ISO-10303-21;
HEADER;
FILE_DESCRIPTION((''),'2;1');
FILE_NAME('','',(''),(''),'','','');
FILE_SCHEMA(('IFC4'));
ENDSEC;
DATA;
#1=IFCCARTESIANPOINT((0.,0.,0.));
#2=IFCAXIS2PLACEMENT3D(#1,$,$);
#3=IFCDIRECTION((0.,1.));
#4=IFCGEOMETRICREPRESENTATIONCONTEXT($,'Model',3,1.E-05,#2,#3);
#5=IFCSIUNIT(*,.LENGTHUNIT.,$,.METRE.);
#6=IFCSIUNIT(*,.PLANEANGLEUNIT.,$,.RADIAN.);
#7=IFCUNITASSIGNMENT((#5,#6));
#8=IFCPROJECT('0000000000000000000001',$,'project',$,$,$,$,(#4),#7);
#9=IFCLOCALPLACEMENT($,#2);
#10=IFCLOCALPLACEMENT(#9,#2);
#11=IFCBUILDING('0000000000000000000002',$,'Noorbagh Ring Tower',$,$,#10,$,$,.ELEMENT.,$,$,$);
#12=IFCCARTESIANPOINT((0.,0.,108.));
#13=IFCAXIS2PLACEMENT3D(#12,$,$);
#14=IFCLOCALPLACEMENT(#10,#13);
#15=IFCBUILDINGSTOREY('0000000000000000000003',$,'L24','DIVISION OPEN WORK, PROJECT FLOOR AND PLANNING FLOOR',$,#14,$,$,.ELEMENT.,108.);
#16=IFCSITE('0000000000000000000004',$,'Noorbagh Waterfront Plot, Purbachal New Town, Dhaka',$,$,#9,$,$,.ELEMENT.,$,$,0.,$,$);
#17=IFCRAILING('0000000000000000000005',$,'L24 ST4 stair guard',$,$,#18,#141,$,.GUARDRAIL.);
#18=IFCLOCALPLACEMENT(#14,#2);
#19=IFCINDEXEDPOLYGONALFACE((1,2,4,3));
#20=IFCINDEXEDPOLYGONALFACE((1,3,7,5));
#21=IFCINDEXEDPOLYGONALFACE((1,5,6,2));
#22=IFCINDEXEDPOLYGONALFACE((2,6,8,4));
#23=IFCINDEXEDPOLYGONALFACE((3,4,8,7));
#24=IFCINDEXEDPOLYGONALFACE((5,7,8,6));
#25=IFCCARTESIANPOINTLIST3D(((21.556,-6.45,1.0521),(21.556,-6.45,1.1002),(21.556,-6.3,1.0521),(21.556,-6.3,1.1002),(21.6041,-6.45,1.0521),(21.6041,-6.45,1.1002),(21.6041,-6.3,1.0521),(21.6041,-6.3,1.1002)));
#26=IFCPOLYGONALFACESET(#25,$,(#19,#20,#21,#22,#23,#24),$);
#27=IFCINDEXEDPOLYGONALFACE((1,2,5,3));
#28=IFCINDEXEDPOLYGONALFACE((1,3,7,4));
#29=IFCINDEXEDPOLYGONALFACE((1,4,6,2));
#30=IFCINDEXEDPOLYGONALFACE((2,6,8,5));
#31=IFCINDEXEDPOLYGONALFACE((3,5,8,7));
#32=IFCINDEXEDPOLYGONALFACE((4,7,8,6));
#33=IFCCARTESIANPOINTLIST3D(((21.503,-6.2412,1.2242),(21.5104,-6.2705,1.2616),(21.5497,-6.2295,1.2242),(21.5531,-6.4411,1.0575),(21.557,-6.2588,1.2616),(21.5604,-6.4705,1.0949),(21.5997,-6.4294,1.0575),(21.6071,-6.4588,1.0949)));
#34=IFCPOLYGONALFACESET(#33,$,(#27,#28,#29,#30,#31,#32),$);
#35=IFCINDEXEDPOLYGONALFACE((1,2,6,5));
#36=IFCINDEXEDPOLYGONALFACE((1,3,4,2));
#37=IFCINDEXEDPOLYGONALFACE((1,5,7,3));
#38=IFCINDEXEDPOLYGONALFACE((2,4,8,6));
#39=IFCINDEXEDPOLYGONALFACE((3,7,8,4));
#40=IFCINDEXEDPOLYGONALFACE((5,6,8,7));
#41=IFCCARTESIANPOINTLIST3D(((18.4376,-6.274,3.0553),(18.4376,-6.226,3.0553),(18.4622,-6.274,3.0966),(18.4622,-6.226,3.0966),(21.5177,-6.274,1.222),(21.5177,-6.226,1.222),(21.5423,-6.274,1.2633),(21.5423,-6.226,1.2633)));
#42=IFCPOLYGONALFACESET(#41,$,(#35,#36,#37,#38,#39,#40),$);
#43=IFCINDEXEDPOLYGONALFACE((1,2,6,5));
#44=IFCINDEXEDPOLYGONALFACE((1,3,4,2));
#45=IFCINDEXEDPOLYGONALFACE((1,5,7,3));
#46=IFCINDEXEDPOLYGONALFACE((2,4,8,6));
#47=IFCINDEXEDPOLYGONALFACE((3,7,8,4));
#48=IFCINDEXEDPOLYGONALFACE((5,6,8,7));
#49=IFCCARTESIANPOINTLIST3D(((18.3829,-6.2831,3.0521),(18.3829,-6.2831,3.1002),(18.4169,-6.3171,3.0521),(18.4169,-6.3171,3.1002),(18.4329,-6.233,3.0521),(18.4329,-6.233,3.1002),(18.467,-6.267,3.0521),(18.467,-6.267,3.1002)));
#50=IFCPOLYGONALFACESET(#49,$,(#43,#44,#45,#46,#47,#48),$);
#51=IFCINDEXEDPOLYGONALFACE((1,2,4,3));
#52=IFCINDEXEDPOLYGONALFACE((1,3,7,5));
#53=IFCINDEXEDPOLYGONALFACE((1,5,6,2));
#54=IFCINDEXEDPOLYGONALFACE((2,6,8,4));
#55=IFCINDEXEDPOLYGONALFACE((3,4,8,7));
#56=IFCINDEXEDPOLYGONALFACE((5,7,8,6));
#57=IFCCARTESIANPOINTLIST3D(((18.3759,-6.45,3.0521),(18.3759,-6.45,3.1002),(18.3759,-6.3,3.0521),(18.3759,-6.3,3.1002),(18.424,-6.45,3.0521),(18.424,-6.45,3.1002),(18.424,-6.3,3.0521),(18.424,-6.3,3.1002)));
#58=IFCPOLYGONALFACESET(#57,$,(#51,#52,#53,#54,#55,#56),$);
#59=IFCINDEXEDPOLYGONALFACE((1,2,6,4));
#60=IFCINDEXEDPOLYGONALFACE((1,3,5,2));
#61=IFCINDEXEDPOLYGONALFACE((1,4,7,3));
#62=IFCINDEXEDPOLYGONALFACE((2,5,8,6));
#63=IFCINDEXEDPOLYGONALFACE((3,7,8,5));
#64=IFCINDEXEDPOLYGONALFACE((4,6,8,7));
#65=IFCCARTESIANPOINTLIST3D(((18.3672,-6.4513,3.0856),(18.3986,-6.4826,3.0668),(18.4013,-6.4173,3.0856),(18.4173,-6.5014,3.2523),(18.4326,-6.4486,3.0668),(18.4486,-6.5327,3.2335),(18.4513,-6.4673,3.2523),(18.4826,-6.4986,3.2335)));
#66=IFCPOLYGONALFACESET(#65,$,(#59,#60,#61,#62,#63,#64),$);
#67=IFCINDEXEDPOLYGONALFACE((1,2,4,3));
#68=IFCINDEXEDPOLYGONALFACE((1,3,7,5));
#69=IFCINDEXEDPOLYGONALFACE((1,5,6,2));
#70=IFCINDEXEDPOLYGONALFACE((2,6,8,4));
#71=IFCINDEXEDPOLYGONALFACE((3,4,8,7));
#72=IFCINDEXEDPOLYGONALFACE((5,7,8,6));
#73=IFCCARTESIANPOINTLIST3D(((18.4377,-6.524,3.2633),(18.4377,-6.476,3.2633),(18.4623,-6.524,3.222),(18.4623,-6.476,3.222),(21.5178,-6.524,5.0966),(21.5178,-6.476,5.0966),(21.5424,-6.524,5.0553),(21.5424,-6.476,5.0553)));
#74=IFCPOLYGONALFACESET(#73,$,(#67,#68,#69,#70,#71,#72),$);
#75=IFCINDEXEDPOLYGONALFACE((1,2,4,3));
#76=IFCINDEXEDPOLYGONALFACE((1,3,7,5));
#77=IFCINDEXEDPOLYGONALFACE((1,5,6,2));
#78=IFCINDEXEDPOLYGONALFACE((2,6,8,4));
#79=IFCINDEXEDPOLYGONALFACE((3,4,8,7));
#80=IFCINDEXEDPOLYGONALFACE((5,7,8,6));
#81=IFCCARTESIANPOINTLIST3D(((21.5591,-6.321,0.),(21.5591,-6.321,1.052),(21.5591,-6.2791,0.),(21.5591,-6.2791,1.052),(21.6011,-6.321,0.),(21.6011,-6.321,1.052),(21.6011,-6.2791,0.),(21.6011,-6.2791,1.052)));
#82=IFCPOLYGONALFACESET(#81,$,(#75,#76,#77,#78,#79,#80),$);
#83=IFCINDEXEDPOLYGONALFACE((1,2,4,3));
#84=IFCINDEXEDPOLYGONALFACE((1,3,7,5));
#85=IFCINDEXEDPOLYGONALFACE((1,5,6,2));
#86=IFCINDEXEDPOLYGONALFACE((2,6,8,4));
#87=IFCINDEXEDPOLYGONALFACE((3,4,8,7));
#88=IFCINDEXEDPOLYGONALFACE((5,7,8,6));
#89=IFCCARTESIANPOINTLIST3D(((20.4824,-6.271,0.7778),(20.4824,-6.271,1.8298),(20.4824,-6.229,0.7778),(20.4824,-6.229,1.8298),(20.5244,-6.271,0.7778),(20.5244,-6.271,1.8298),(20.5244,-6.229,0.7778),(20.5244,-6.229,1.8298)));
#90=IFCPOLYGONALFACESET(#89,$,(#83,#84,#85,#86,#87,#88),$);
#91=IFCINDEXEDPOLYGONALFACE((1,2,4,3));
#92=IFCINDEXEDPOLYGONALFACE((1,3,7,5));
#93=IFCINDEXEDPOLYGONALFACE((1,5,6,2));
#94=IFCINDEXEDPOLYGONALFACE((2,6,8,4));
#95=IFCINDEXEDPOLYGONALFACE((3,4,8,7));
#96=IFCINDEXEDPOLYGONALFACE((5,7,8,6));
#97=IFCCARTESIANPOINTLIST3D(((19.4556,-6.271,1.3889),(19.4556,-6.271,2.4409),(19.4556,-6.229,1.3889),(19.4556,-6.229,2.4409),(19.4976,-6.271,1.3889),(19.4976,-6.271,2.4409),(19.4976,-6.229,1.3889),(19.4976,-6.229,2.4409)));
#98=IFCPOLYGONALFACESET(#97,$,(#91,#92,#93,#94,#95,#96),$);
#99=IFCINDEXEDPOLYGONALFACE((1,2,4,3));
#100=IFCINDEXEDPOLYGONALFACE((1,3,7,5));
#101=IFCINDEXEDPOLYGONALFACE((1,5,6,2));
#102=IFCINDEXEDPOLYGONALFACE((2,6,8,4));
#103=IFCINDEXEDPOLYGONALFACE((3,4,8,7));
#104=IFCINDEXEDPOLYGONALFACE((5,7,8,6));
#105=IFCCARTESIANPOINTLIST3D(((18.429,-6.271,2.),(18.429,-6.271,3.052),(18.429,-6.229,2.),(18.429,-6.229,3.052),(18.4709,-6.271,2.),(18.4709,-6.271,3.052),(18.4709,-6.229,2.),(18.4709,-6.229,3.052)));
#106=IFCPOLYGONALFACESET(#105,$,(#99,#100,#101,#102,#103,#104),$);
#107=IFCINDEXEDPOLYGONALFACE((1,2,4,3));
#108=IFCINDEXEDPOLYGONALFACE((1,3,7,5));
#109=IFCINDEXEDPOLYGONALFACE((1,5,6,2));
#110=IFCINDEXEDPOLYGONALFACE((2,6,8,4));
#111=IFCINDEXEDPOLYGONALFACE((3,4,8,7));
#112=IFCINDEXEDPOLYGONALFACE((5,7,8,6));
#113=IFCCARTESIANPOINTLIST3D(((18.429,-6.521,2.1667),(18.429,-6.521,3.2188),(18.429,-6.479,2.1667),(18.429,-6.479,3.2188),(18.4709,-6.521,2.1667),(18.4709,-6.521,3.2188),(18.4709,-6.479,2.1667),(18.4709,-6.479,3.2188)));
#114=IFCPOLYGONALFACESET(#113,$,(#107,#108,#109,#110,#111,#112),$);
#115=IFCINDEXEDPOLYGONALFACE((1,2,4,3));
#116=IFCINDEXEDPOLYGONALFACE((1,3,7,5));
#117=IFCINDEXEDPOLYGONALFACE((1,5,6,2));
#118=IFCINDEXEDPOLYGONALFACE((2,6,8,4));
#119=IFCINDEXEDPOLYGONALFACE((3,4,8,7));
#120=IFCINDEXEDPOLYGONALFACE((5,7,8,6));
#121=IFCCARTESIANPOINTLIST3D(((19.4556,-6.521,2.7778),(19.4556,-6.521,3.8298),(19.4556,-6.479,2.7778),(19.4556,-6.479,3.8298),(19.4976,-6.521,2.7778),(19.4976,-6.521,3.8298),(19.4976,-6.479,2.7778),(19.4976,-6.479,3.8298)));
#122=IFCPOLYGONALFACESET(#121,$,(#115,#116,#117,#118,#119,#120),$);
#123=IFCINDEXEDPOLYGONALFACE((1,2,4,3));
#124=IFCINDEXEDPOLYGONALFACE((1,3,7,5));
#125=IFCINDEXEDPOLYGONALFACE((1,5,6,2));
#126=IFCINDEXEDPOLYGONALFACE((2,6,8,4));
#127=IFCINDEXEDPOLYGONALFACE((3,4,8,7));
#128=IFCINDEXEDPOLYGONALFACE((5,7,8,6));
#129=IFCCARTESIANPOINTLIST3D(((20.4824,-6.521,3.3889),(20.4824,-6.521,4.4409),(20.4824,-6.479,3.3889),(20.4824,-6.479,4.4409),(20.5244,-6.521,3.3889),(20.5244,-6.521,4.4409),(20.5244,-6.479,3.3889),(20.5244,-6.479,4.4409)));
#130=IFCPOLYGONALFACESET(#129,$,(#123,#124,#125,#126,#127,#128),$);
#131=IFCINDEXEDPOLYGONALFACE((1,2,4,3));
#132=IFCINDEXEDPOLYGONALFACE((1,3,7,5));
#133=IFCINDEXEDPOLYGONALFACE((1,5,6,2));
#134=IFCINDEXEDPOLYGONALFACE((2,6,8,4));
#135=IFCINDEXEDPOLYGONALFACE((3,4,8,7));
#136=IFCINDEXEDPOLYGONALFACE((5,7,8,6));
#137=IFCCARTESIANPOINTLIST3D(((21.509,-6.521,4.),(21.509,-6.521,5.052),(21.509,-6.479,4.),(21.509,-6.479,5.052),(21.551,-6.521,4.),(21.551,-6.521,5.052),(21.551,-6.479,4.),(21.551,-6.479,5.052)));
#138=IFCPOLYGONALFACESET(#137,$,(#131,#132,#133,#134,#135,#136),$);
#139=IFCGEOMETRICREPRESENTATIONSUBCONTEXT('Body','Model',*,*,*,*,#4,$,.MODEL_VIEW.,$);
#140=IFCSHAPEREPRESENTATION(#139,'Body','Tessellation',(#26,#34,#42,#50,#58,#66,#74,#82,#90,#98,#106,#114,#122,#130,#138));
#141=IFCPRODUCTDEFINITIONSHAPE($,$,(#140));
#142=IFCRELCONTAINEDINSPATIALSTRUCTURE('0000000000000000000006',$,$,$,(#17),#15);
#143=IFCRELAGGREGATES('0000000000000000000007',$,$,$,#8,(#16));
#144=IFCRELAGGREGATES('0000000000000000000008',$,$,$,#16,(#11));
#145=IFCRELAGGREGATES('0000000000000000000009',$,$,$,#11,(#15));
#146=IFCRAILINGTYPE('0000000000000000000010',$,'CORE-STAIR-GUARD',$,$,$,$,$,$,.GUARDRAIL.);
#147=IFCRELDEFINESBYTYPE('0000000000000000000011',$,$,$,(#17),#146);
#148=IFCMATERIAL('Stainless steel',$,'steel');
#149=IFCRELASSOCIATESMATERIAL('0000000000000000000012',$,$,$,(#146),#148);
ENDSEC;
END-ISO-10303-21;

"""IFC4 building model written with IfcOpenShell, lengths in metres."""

from ifc_helpers import new_model, si_unit, direction, frame, origin, origin_2d, place, context, subcontext, project, spatial, rectangle, extrude, material, type_object, element, save


model = new_model("IFC4")

# Units and contexts
model_context = context("Model", 3, precision=1e-05, world=origin(), true_north=direction((0.0, 1.0)))
body_context = subcontext(model_context, "Body", "Model", "MODEL_VIEW")
ifc_project = project(units=[si_unit("LENGTHUNIT", "METRE"), si_unit("PLANEANGLEUNIT", "RADIAN")], contexts=[model_context])

# Site, building, storey
site_placement = place(None, origin())
site = spatial("IfcSite", under=ifc_project, at=site_placement, Name="Noorbagh Waterfront Plot, Purbachal New Town, Dhaka", CompositionType="ELEMENT", RefElevation=0.0)
building_placement = place(site_placement, origin())
building = spatial("IfcBuilding", under=site, at=building_placement, Name="Noorbagh Ring Tower", CompositionType="ELEMENT")
storey_placement = place(building_placement, frame((0.0, 0.0, 108.0)))
storey = spatial("IfcBuildingStorey", under=building, at=storey_placement, Name="L24", Description="DIVISION OPEN WORK, PROJECT FLOOR AND PLANNING FLOOR", CompositionType="ELEMENT", Elevation=108.0)

# Railing
ifc_material_1 = material(Name="Stainless steel", Category="steel")
railing_type_1 = type_object("IfcRailingType", Name="CORE-STAIR-GUARD", PredefinedType="GUARDRAIL", material=ifc_material_1)
railing_1_placement = place(storey_placement, frame((21.5801, -6.3, 0.0)))
element("IfcRailing", 1, at=railing_1_placement, inside=storey, type_object=railing_type_1, Name="L24 ST4 stair guard", PredefinedType="GUARDRAIL", context=body_context, shape_type="SweptSolid", body=[
    extrude(rectangle(XDim=0.0481, YDim=0.0481, at=origin_2d()), frame((0.0, 0.0, 1.0762), z_axis=(0.0, -1.0, 0.0), x_axis=(1.0, 0.0, 0.0)), (0.0, 0.0, 1.0), 0.1499),
    extrude(rectangle(XDim=0.0481, YDim=0.0481, at=origin_2d()), frame((0.0, -0.1499, 1.0762), z_axis=(-0.188776, 0.754182, 0.628946), x_axis=(-0.970073, -0.242814, 0.0)), (0.0, 0.0, 1.0), 0.2651),
    extrude(rectangle(XDim=0.0481, YDim=0.0481, at=origin_2d()), frame((-0.05, 0.05, 1.2427), z_axis=(-0.859309, 0.0, 0.511458), x_axis=(0.0, -1.0, 0.0)), (0.0, 0.0, 1.0), 3.5845),
    extrude(rectangle(XDim=0.0481, YDim=0.0481, at=origin_2d()), frame((-3.1301, 0.05, 3.0762), z_axis=(-0.707107, -0.707107, 0.0), x_axis=(0.707107, -0.707107, 0.0)), (0.0, 0.0, 1.0), 0.0708),
    extrude(rectangle(XDim=0.0481, YDim=0.0481, at=origin_2d()), frame((-3.1802, 0.0, 3.0762), z_axis=(0.0, -1.0, 0.0), x_axis=(1.0, 0.0, 0.0)), (0.0, 0.0, 1.0), 0.1499),
    extrude(rectangle(XDim=0.0481, YDim=0.0481, at=origin_2d()), frame((-3.1802, -0.1499, 3.0762), z_axis=(0.276287, -0.276287, 0.920506), x_axis=(0.707107, 0.707107, 0.0)), (0.0, 0.0, 1.0), 0.1812),
    extrude(rectangle(XDim=0.0481, YDim=0.0481, at=origin_2d()), frame((-3.1301, -0.2, 3.2427), z_axis=(0.859309, 0.0, 0.511458), x_axis=(0.0, 1.0, 0.0)), (0.0, 0.0, 1.0), 3.5845),
    extrude(rectangle(XDim=0.042, YDim=0.042, at=origin_2d()), origin(), (0.0, 0.0, 1.0), 1.052),
    extrude(rectangle(XDim=0.042, YDim=0.042, at=origin_2d()), frame((-1.0767, 0.05, 0.7778)), (0.0, 0.0, 1.0), 1.052),
    extrude(rectangle(XDim=0.042, YDim=0.042, at=origin_2d()), frame((-2.1035, 0.05, 1.3889)), (0.0, 0.0, 1.0), 1.052),
    extrude(rectangle(XDim=0.042, YDim=0.042, at=origin_2d()), frame((-3.1301, 0.05, 2.0)), (0.0, 0.0, 1.0), 1.052),
    extrude(rectangle(XDim=0.042, YDim=0.042, at=origin_2d()), frame((-3.1301, -0.2, 2.1667)), (0.0, 0.0, 1.0), 1.052),
    extrude(rectangle(XDim=0.042, YDim=0.042, at=origin_2d()), frame((-2.1035, -0.2, 2.7778)), (0.0, 0.0, 1.0), 1.052),
    extrude(rectangle(XDim=0.042, YDim=0.042, at=origin_2d()), frame((-1.0767, -0.2, 3.3889)), (0.0, 0.0, 1.0), 1.052),
    extrude(rectangle(XDim=0.042, YDim=0.042, at=origin_2d()), frame((-0.05, -0.2, 4.0)), (0.0, 0.0, 1.0), 1.052),
])

save(model, "model.ifc")
